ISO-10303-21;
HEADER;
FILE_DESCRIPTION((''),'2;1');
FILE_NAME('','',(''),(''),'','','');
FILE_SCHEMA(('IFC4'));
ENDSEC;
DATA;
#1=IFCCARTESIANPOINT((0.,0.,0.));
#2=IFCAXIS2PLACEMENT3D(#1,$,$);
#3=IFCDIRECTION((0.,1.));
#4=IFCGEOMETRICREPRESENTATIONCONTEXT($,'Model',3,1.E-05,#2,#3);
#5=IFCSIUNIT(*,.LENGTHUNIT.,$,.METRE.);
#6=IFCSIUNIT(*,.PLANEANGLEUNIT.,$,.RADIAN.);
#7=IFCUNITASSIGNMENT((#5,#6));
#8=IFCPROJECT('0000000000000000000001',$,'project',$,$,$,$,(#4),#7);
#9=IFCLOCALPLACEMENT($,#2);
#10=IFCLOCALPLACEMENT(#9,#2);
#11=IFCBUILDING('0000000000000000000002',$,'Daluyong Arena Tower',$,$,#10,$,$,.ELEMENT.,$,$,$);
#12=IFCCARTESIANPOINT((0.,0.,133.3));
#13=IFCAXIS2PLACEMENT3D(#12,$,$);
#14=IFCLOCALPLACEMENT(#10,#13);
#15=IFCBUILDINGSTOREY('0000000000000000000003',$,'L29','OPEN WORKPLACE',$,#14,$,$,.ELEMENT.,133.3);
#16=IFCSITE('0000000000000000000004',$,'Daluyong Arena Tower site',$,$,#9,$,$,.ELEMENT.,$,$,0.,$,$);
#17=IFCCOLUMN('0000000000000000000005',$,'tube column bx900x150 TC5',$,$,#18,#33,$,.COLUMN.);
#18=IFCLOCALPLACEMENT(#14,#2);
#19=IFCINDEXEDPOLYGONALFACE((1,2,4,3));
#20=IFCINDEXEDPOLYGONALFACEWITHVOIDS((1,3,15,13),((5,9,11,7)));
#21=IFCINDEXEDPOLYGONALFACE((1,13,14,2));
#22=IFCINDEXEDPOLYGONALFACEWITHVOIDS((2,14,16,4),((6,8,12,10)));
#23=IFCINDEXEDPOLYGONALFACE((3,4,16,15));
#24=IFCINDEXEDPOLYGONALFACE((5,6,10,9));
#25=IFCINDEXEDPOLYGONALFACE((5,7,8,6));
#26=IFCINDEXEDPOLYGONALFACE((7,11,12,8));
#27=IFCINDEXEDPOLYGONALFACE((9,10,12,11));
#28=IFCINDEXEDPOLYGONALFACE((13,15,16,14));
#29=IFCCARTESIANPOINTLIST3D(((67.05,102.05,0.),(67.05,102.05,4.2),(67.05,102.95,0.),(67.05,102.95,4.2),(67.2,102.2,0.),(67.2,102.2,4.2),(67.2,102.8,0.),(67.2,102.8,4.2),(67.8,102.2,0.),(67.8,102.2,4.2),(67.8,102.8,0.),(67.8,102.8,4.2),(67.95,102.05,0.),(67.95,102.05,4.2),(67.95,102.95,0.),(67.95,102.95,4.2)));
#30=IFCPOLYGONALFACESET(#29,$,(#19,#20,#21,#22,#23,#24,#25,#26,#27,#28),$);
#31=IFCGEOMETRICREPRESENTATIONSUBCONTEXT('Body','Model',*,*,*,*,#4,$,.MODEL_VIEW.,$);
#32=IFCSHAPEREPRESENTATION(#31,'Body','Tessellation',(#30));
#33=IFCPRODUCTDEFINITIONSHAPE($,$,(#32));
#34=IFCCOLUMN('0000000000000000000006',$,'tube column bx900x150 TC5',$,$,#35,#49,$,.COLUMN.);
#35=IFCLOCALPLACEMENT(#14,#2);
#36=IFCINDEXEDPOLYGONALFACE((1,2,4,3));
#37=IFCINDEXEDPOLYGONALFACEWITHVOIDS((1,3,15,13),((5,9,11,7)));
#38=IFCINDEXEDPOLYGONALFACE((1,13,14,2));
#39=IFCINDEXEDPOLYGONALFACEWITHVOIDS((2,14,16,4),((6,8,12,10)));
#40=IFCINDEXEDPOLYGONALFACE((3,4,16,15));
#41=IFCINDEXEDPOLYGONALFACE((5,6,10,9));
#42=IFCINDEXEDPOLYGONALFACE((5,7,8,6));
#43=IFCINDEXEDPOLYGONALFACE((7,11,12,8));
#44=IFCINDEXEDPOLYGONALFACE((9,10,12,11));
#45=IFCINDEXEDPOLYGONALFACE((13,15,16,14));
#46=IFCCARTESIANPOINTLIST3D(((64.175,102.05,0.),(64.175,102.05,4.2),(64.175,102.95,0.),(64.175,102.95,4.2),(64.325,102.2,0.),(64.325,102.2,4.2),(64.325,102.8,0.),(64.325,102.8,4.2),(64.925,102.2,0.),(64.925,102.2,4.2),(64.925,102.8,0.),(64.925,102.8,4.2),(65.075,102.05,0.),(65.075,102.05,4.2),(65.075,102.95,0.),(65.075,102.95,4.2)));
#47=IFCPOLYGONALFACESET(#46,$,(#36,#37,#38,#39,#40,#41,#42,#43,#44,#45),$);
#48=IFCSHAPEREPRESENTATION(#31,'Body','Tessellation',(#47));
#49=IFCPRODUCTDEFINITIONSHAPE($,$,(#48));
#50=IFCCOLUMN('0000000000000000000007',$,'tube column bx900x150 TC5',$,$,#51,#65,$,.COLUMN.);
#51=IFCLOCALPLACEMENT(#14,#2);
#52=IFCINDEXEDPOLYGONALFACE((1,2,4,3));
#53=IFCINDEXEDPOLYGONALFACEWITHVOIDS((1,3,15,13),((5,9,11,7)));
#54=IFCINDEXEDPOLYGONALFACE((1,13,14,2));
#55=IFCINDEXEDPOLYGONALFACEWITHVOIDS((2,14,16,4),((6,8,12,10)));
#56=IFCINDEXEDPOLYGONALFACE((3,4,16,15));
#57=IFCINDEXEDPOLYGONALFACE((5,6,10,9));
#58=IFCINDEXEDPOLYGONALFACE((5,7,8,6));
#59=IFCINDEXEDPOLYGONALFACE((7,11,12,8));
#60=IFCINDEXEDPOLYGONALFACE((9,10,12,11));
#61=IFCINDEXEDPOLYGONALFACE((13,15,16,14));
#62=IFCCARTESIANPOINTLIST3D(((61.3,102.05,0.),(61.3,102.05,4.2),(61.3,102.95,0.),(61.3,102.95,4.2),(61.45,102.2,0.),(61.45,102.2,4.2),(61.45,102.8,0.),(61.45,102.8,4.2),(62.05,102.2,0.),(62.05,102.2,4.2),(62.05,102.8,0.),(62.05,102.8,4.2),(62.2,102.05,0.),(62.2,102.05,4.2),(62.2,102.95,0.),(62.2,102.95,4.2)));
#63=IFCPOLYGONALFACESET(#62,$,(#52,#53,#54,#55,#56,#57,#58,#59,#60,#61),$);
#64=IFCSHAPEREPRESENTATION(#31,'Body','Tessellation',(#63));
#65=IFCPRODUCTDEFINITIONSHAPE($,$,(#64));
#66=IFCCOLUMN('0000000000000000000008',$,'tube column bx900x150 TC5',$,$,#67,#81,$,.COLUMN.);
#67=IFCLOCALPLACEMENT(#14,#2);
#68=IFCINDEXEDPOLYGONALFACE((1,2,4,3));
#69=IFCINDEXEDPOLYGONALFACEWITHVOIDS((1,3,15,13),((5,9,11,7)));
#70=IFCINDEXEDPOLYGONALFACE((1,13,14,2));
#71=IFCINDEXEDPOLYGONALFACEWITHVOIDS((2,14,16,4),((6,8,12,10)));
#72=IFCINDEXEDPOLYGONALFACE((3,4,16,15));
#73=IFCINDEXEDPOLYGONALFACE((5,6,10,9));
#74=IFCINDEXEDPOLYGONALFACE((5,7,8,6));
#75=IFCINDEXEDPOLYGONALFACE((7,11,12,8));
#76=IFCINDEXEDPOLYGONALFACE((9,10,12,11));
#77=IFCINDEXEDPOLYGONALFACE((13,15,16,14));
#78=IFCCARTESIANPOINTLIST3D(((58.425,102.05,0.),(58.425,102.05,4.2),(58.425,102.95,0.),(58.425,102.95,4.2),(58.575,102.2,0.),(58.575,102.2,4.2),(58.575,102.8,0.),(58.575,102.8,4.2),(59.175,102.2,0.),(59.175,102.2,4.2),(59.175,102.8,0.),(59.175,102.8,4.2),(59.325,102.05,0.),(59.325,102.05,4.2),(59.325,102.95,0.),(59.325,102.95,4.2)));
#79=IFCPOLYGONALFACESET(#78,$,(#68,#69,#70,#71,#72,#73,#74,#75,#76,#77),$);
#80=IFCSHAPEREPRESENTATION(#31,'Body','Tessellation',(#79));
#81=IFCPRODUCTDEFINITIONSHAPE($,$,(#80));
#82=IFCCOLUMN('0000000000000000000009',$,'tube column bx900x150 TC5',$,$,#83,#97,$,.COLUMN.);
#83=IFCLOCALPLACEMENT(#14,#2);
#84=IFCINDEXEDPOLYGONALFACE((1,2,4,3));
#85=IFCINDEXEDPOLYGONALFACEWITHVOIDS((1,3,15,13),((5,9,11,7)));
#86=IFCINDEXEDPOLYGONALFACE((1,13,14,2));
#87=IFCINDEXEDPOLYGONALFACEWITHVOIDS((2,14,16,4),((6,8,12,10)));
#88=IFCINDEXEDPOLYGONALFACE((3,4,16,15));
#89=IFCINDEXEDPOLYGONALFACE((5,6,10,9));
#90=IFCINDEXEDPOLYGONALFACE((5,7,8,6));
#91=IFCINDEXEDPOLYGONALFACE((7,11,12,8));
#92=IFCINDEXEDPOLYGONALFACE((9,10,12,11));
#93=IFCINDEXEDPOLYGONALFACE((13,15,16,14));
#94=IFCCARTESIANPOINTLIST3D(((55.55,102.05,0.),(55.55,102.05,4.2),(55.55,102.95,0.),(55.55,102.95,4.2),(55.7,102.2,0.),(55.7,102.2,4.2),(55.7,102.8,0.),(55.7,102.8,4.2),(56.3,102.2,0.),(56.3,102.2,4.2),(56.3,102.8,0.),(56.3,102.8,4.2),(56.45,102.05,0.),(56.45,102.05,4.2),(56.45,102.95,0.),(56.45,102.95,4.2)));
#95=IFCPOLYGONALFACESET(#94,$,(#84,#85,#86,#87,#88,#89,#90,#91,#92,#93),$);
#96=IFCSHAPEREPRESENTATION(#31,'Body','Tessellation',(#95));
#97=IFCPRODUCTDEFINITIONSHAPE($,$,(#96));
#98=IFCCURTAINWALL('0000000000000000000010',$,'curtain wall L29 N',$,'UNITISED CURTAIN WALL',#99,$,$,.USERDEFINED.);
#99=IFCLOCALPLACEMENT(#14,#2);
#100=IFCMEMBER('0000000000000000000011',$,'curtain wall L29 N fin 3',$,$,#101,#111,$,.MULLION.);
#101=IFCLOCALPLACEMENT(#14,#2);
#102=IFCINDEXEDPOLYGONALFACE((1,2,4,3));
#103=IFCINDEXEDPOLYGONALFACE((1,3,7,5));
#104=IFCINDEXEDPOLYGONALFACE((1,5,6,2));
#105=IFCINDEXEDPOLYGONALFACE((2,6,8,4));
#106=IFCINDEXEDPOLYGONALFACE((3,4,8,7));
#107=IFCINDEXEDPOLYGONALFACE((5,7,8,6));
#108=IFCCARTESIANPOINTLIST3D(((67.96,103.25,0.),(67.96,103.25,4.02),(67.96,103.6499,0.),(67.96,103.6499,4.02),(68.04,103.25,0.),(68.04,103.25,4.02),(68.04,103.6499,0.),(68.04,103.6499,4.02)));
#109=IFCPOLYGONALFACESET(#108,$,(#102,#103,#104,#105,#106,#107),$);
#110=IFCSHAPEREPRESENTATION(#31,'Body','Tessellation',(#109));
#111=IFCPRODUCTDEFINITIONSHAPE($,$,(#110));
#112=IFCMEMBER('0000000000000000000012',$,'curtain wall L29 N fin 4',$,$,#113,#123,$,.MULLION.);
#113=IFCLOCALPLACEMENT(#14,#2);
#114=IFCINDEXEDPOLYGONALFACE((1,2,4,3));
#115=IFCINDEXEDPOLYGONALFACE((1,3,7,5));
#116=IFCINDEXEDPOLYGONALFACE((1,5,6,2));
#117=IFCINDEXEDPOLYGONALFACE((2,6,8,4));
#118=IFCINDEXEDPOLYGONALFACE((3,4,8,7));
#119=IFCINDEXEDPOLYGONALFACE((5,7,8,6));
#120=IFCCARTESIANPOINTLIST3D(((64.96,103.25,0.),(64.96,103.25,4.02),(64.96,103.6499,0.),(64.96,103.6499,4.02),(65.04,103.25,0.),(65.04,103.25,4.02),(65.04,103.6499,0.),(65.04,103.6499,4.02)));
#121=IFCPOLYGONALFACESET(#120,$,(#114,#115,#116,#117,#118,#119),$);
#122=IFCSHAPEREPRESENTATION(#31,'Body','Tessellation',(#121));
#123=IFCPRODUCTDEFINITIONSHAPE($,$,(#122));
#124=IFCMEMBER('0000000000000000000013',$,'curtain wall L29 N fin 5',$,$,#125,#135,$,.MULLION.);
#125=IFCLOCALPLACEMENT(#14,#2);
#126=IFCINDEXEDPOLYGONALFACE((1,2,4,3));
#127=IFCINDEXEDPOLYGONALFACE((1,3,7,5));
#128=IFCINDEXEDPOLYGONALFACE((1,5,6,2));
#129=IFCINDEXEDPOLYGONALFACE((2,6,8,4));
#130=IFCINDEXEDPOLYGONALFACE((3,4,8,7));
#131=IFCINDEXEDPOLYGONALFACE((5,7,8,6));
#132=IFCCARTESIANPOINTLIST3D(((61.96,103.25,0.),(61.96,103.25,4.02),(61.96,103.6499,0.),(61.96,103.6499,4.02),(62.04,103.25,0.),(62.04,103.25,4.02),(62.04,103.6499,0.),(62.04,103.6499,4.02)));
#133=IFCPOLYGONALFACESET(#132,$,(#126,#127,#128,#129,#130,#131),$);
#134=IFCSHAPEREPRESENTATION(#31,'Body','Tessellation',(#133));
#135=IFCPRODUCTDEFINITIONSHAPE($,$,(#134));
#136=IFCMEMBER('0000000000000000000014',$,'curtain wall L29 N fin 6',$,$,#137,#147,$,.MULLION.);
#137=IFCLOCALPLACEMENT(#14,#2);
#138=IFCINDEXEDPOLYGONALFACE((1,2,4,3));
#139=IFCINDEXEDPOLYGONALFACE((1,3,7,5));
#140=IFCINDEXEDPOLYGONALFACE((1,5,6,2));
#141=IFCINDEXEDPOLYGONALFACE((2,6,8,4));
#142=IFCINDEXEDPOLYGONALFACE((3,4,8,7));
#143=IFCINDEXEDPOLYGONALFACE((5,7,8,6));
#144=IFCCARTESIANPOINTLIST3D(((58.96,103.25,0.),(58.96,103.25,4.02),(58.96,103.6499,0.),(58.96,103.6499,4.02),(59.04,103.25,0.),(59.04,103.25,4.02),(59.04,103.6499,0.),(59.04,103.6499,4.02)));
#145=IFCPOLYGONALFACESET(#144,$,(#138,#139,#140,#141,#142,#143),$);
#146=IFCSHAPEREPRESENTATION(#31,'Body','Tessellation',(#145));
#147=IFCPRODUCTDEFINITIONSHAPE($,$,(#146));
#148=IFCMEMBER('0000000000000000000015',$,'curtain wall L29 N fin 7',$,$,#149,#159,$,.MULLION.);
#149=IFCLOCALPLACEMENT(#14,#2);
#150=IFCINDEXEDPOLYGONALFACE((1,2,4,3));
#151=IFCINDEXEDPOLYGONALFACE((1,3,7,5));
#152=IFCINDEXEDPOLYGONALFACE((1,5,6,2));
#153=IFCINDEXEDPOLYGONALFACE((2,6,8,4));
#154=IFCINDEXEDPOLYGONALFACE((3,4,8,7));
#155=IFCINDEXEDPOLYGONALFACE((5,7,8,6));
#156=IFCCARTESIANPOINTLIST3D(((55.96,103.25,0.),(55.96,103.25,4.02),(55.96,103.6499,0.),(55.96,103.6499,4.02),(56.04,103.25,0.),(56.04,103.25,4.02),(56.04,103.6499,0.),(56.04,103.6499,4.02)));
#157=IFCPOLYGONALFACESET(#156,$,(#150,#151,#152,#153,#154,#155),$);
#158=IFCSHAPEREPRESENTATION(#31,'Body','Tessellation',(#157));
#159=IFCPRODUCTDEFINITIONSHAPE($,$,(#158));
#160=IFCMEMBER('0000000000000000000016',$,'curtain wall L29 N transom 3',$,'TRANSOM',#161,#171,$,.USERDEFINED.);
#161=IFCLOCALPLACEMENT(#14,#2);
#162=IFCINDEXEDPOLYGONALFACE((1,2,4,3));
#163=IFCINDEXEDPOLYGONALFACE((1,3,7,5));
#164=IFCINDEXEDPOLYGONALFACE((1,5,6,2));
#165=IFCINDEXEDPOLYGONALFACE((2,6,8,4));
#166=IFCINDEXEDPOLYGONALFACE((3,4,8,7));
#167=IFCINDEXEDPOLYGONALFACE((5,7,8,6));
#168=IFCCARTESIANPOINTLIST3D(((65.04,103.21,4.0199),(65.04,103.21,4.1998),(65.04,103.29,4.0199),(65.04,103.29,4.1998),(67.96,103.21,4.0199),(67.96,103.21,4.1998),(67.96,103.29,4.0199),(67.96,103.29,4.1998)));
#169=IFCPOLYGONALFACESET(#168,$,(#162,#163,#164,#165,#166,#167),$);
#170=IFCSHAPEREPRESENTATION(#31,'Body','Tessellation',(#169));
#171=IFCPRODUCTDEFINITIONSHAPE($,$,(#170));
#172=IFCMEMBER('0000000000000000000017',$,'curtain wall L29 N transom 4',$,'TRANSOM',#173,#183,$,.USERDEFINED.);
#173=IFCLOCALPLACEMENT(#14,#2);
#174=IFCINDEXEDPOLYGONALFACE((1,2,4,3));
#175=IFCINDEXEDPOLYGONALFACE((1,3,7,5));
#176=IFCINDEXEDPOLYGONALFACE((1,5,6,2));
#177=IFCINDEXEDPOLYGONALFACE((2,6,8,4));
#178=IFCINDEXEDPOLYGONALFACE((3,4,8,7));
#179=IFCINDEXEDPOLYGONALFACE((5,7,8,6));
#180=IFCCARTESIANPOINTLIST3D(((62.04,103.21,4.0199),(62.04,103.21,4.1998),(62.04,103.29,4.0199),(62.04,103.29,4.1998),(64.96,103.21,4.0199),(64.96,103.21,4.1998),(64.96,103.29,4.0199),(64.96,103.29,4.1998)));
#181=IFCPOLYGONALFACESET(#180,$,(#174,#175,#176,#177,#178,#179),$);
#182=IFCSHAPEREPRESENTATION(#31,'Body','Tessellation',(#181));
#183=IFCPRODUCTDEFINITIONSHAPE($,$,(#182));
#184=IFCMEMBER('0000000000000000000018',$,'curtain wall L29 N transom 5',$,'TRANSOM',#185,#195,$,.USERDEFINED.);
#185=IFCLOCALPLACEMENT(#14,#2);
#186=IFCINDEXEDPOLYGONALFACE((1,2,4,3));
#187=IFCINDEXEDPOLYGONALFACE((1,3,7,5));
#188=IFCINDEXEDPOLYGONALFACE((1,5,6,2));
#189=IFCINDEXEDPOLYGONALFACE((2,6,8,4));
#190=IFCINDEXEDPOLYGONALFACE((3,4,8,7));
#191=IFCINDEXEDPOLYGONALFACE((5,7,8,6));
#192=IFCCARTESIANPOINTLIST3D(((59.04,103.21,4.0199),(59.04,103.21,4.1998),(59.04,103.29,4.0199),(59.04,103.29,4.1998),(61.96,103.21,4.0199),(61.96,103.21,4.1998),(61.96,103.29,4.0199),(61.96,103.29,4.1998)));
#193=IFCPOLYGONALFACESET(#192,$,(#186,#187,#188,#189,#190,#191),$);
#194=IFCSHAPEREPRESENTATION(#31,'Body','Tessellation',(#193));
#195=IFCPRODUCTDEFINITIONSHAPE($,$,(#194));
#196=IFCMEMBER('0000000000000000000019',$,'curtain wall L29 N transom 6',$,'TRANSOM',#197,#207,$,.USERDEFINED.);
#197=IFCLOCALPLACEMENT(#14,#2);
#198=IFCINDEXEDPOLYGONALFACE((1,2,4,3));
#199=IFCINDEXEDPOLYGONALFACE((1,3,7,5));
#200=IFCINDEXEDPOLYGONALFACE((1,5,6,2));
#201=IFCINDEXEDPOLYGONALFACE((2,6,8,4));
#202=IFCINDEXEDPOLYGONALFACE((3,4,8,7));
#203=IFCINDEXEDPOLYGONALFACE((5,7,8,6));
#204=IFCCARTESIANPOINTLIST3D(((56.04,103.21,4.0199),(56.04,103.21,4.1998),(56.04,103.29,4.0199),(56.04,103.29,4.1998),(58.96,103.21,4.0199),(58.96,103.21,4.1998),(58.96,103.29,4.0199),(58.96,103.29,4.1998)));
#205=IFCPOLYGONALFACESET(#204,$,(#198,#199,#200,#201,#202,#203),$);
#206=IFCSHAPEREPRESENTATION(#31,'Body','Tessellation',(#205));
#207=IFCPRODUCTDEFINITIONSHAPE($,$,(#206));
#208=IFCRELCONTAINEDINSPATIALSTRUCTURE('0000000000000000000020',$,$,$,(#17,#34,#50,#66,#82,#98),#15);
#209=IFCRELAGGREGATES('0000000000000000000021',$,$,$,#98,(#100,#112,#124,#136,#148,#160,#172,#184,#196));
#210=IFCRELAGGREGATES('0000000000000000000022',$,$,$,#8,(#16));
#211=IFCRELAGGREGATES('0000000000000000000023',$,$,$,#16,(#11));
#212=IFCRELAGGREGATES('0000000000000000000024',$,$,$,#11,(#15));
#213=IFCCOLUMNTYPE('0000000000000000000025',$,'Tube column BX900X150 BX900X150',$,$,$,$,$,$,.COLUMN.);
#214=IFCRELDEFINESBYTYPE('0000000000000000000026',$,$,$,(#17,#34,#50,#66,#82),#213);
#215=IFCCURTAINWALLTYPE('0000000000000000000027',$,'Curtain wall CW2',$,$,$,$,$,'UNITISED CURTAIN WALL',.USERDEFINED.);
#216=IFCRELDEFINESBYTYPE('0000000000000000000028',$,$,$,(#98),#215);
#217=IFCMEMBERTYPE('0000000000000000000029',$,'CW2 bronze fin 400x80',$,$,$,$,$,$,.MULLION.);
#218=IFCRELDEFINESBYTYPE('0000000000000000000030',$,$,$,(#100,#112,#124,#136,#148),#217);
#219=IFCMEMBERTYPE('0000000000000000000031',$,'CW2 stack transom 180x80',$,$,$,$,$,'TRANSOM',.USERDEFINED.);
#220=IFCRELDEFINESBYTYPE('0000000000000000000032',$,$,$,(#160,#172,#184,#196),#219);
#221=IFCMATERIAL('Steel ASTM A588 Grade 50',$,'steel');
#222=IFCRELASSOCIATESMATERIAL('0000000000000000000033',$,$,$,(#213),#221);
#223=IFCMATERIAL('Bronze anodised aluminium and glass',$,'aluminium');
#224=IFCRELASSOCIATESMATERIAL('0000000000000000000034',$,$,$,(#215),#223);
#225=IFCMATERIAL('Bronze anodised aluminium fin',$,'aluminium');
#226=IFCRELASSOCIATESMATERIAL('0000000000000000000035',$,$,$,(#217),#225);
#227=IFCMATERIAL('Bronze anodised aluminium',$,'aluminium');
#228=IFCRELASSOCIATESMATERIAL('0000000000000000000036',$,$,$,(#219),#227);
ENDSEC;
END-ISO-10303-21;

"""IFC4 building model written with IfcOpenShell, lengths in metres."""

from ifc_helpers import new_model, si_unit, direction, frame, origin, origin_2d, place, context, subcontext, project, spatial, rectangle, hollow_rectangle, extrude, material, material_profile, profile_set, type_object, element, aggregate, save


model = new_model("IFC4")

# Units and contexts
model_context = context("Model", 3, precision=1e-05, world=origin(), true_north=direction((0.0, 1.0)))
body_context = subcontext(model_context, "Body", "Model", "MODEL_VIEW")
ifc_project = project(units=[si_unit("LENGTHUNIT", "METRE"), si_unit("PLANEANGLEUNIT", "RADIAN")], contexts=[model_context])

# Site, building, storey
site_placement = place(None, origin())
site = spatial("IfcSite", under=ifc_project, at=site_placement, Name="Daluyong Arena Tower site", CompositionType="ELEMENT", RefElevation=0.0)
building_placement = place(site_placement, origin())
building = spatial("IfcBuilding", under=site, at=building_placement, Name="Daluyong Arena Tower", CompositionType="ELEMENT")
storey_placement = place(building_placement, frame((0.0, 0.0, 133.3)))
storey = spatial("IfcBuildingStorey", under=building, at=storey_placement, Name="L29", Description="OPEN WORKPLACE", CompositionType="ELEMENT", Elevation=133.3)

# Columns
ifc_material_1 = material(Name="Steel ASTM A588 Grade 50", Category="steel")
ifc_material_profile_1 = material_profile(ifc_material_1, hollow_rectangle(XDim=0.8999, YDim=0.8999, WallThickness=0.15, at=origin_2d()))
ifc_profile_set_1 = profile_set([ifc_material_profile_1], Name="Steel ASTM A588 Grade 50")
column_type = type_object("IfcColumnType", Name="Tube column BX900X150 BX900X150", PredefinedType="COLUMN", material=ifc_profile_set_1)
for number, where, z_axis, x_axis, name in (
    (1, (67.5, 102.5, 0.0), (0.0, 0.0, 1.0), (1.0, 0.0, 0.0), "tube column bx900x150 TC5"),
    (2, (64.625, 102.5, 0.0), (0.0, 0.0, 1.0), (1.0, 0.0, 0.0), "tube column bx900x150 TC5"),
    (3, (61.75, 102.5, 0.0), (0.0, 0.0, 1.0), (1.0, 0.0, 0.0), "tube column bx900x150 TC5"),
    (4, (58.875, 102.5, 0.0), (0.0, 0.0, 1.0), (1.0, 0.0, 0.0), "tube column bx900x150 TC5"),
    (5, (56.0, 102.5, 0.0), (0.0, 0.0, 1.0), (1.0, 0.0, 0.0), "tube column bx900x150 TC5"),
):
    element("IfcColumn", number, at=place(storey_placement, frame(where, z_axis=z_axis, x_axis=x_axis)), inside=storey, type_object=column_type, Name=name, PredefinedType="COLUMN", context=body_context, shape_type="SweptSolid", body=[
        extrude(hollow_rectangle(XDim=0.8999, YDim=0.8999, WallThickness=0.15, at=origin_2d()), origin(), (0.0, 0.0, 1.0), 4.2),
    ])

# Curtain wall, members
ifc_material_2 = material(Name="Bronze anodised aluminium and glass", Category="aluminium")
curtain_wall_type = type_object("IfcCurtainWallType", Name="Curtain wall CW2", ElementType="UNITISED CURTAIN WALL", PredefinedType="USERDEFINED", material=ifc_material_2)
curtain_wall_placement = place(storey_placement, origin())
curtain_wall = element("IfcCurtainWall", 6, at=curtain_wall_placement, inside=storey, type_object=curtain_wall_type, Name="curtain wall L29 N", ObjectType="UNITISED CURTAIN WALL", PredefinedType="USERDEFINED")
ifc_material_3 = material(Name="Bronze anodised aluminium fin", Category="aluminium")
ifc_material_profile_2 = material_profile(ifc_material_3, rectangle(XDim=0.3999, YDim=0.0801, at=origin_2d()))
ifc_profile_set_2 = profile_set([ifc_material_profile_2], Name="Bronze anodised aluminium fin")
member_type_1 = type_object("IfcMemberType", Name="CW2 bronze fin 400x80", PredefinedType="MULLION", material=ifc_profile_set_2)
member_1_placement = place(storey_placement, frame((68.0, 103.45, 0.0), z_axis=(0.0, 0.0, 1.0), x_axis=(0.0, -1.0, 0.0)))
member_1 = element("IfcMember", 7, at=member_1_placement, type_object=member_type_1, Name="curtain wall L29 N fin 3", PredefinedType="MULLION", context=body_context, shape_type="SweptSolid", body=[
    extrude(rectangle(XDim=0.3999, YDim=0.0801, at=origin_2d()), origin(), (0.0, 0.0, 1.0), 4.02),
])
member_2_placement = place(storey_placement, frame((65.0, 103.45, 0.0), z_axis=(0.0, 0.0, 1.0), x_axis=(0.0, -1.0, 0.0)))
member_2 = element("IfcMember", 8, at=member_2_placement, type_object=member_type_1, Name="curtain wall L29 N fin 4", PredefinedType="MULLION", context=body_context, shape_type="SweptSolid", body=[
    extrude(rectangle(XDim=0.3999, YDim=0.0801, at=origin_2d()), origin(), (0.0, 0.0, 1.0), 4.02),
])
member_3_placement = place(storey_placement, frame((62.0, 103.45, 0.0), z_axis=(0.0, 0.0, 1.0), x_axis=(0.0, -1.0, 0.0)))
member_3 = element("IfcMember", 9, at=member_3_placement, type_object=member_type_1, Name="curtain wall L29 N fin 5", PredefinedType="MULLION", context=body_context, shape_type="SweptSolid", body=[
    extrude(rectangle(XDim=0.3999, YDim=0.0801, at=origin_2d()), origin(), (0.0, 0.0, 1.0), 4.02),
])
member_4_placement = place(storey_placement, frame((59.0, 103.45, 0.0), z_axis=(0.0, 0.0, 1.0), x_axis=(0.0, -1.0, 0.0)))
member_4 = element("IfcMember", 10, at=member_4_placement, type_object=member_type_1, Name="curtain wall L29 N fin 6", PredefinedType="MULLION", context=body_context, shape_type="SweptSolid", body=[
    extrude(rectangle(XDim=0.3999, YDim=0.0801, at=origin_2d()), origin(), (0.0, 0.0, 1.0), 4.02),
])
member_5_placement = place(storey_placement, frame((56.0, 103.45, 0.0), z_axis=(0.0, 0.0, 1.0), x_axis=(0.0, -1.0, 0.0)))
member_5 = element("IfcMember", 11, at=member_5_placement, type_object=member_type_1, Name="curtain wall L29 N fin 7", PredefinedType="MULLION", context=body_context, shape_type="SweptSolid", body=[
    extrude(rectangle(XDim=0.3999, YDim=0.0801, at=origin_2d()), origin(), (0.0, 0.0, 1.0), 4.02),
])
ifc_material_4 = material(Name="Bronze anodised aluminium", Category="aluminium")
ifc_material_profile_3 = material_profile(ifc_material_4, rectangle(XDim=0.0801, YDim=0.1799, at=origin_2d()))
ifc_profile_set_3 = profile_set([ifc_material_profile_3], Name="Bronze anodised aluminium")
member_type_2 = type_object("IfcMemberType", Name="CW2 stack transom 180x80", ElementType="TRANSOM", PredefinedType="USERDEFINED", material=ifc_profile_set_3)
member_6_placement = place(storey_placement, frame((67.96, 103.25, 4.1099), z_axis=(-1.0, 0.0, 0.0), x_axis=(0.0, -1.0, 0.0)))
member_6 = element("IfcMember", 12, at=member_6_placement, type_object=member_type_2, Name="curtain wall L29 N transom 3", ObjectType="TRANSOM", PredefinedType="USERDEFINED", context=body_context, shape_type="SweptSolid", body=[
    extrude(rectangle(XDim=0.0801, YDim=0.1799, at=origin_2d()), origin(), (0.0, 0.0, 1.0), 2.9199),
])
member_7_placement = place(storey_placement, frame((64.96, 103.25, 4.1099), z_axis=(-1.0, 0.0, 0.0), x_axis=(0.0, -1.0, 0.0)))
member_7 = element("IfcMember", 13, at=member_7_placement, type_object=member_type_2, Name="curtain wall L29 N transom 4", ObjectType="TRANSOM", PredefinedType="USERDEFINED", context=body_context, shape_type="SweptSolid", body=[
    extrude(rectangle(XDim=0.0801, YDim=0.1799, at=origin_2d()), origin(), (0.0, 0.0, 1.0), 2.9199),
])
member_8_placement = place(storey_placement, frame((61.96, 103.25, 4.1099), z_axis=(-1.0, 0.0, 0.0), x_axis=(0.0, -1.0, 0.0)))
member_8 = element("IfcMember", 14, at=member_8_placement, type_object=member_type_2, Name="curtain wall L29 N transom 5", ObjectType="TRANSOM", PredefinedType="USERDEFINED", context=body_context, shape_type="SweptSolid", body=[
    extrude(rectangle(XDim=0.0801, YDim=0.1799, at=origin_2d()), origin(), (0.0, 0.0, 1.0), 2.9199),
])
member_9_placement = place(storey_placement, frame((58.96, 103.25, 4.1099), z_axis=(-1.0, 0.0, 0.0), x_axis=(0.0, -1.0, 0.0)))
member_9 = element("IfcMember", 15, at=member_9_placement, type_object=member_type_2, Name="curtain wall L29 N transom 6", ObjectType="TRANSOM", PredefinedType="USERDEFINED", context=body_context, shape_type="SweptSolid", body=[
    extrude(rectangle(XDim=0.0801, YDim=0.1799, at=origin_2d()), origin(), (0.0, 0.0, 1.0), 2.9199),
])

aggregate(curtain_wall, [member_1, member_2, member_3, member_4, member_5, member_6, member_7, member_8, member_9])

save(model, "model.ifc")
